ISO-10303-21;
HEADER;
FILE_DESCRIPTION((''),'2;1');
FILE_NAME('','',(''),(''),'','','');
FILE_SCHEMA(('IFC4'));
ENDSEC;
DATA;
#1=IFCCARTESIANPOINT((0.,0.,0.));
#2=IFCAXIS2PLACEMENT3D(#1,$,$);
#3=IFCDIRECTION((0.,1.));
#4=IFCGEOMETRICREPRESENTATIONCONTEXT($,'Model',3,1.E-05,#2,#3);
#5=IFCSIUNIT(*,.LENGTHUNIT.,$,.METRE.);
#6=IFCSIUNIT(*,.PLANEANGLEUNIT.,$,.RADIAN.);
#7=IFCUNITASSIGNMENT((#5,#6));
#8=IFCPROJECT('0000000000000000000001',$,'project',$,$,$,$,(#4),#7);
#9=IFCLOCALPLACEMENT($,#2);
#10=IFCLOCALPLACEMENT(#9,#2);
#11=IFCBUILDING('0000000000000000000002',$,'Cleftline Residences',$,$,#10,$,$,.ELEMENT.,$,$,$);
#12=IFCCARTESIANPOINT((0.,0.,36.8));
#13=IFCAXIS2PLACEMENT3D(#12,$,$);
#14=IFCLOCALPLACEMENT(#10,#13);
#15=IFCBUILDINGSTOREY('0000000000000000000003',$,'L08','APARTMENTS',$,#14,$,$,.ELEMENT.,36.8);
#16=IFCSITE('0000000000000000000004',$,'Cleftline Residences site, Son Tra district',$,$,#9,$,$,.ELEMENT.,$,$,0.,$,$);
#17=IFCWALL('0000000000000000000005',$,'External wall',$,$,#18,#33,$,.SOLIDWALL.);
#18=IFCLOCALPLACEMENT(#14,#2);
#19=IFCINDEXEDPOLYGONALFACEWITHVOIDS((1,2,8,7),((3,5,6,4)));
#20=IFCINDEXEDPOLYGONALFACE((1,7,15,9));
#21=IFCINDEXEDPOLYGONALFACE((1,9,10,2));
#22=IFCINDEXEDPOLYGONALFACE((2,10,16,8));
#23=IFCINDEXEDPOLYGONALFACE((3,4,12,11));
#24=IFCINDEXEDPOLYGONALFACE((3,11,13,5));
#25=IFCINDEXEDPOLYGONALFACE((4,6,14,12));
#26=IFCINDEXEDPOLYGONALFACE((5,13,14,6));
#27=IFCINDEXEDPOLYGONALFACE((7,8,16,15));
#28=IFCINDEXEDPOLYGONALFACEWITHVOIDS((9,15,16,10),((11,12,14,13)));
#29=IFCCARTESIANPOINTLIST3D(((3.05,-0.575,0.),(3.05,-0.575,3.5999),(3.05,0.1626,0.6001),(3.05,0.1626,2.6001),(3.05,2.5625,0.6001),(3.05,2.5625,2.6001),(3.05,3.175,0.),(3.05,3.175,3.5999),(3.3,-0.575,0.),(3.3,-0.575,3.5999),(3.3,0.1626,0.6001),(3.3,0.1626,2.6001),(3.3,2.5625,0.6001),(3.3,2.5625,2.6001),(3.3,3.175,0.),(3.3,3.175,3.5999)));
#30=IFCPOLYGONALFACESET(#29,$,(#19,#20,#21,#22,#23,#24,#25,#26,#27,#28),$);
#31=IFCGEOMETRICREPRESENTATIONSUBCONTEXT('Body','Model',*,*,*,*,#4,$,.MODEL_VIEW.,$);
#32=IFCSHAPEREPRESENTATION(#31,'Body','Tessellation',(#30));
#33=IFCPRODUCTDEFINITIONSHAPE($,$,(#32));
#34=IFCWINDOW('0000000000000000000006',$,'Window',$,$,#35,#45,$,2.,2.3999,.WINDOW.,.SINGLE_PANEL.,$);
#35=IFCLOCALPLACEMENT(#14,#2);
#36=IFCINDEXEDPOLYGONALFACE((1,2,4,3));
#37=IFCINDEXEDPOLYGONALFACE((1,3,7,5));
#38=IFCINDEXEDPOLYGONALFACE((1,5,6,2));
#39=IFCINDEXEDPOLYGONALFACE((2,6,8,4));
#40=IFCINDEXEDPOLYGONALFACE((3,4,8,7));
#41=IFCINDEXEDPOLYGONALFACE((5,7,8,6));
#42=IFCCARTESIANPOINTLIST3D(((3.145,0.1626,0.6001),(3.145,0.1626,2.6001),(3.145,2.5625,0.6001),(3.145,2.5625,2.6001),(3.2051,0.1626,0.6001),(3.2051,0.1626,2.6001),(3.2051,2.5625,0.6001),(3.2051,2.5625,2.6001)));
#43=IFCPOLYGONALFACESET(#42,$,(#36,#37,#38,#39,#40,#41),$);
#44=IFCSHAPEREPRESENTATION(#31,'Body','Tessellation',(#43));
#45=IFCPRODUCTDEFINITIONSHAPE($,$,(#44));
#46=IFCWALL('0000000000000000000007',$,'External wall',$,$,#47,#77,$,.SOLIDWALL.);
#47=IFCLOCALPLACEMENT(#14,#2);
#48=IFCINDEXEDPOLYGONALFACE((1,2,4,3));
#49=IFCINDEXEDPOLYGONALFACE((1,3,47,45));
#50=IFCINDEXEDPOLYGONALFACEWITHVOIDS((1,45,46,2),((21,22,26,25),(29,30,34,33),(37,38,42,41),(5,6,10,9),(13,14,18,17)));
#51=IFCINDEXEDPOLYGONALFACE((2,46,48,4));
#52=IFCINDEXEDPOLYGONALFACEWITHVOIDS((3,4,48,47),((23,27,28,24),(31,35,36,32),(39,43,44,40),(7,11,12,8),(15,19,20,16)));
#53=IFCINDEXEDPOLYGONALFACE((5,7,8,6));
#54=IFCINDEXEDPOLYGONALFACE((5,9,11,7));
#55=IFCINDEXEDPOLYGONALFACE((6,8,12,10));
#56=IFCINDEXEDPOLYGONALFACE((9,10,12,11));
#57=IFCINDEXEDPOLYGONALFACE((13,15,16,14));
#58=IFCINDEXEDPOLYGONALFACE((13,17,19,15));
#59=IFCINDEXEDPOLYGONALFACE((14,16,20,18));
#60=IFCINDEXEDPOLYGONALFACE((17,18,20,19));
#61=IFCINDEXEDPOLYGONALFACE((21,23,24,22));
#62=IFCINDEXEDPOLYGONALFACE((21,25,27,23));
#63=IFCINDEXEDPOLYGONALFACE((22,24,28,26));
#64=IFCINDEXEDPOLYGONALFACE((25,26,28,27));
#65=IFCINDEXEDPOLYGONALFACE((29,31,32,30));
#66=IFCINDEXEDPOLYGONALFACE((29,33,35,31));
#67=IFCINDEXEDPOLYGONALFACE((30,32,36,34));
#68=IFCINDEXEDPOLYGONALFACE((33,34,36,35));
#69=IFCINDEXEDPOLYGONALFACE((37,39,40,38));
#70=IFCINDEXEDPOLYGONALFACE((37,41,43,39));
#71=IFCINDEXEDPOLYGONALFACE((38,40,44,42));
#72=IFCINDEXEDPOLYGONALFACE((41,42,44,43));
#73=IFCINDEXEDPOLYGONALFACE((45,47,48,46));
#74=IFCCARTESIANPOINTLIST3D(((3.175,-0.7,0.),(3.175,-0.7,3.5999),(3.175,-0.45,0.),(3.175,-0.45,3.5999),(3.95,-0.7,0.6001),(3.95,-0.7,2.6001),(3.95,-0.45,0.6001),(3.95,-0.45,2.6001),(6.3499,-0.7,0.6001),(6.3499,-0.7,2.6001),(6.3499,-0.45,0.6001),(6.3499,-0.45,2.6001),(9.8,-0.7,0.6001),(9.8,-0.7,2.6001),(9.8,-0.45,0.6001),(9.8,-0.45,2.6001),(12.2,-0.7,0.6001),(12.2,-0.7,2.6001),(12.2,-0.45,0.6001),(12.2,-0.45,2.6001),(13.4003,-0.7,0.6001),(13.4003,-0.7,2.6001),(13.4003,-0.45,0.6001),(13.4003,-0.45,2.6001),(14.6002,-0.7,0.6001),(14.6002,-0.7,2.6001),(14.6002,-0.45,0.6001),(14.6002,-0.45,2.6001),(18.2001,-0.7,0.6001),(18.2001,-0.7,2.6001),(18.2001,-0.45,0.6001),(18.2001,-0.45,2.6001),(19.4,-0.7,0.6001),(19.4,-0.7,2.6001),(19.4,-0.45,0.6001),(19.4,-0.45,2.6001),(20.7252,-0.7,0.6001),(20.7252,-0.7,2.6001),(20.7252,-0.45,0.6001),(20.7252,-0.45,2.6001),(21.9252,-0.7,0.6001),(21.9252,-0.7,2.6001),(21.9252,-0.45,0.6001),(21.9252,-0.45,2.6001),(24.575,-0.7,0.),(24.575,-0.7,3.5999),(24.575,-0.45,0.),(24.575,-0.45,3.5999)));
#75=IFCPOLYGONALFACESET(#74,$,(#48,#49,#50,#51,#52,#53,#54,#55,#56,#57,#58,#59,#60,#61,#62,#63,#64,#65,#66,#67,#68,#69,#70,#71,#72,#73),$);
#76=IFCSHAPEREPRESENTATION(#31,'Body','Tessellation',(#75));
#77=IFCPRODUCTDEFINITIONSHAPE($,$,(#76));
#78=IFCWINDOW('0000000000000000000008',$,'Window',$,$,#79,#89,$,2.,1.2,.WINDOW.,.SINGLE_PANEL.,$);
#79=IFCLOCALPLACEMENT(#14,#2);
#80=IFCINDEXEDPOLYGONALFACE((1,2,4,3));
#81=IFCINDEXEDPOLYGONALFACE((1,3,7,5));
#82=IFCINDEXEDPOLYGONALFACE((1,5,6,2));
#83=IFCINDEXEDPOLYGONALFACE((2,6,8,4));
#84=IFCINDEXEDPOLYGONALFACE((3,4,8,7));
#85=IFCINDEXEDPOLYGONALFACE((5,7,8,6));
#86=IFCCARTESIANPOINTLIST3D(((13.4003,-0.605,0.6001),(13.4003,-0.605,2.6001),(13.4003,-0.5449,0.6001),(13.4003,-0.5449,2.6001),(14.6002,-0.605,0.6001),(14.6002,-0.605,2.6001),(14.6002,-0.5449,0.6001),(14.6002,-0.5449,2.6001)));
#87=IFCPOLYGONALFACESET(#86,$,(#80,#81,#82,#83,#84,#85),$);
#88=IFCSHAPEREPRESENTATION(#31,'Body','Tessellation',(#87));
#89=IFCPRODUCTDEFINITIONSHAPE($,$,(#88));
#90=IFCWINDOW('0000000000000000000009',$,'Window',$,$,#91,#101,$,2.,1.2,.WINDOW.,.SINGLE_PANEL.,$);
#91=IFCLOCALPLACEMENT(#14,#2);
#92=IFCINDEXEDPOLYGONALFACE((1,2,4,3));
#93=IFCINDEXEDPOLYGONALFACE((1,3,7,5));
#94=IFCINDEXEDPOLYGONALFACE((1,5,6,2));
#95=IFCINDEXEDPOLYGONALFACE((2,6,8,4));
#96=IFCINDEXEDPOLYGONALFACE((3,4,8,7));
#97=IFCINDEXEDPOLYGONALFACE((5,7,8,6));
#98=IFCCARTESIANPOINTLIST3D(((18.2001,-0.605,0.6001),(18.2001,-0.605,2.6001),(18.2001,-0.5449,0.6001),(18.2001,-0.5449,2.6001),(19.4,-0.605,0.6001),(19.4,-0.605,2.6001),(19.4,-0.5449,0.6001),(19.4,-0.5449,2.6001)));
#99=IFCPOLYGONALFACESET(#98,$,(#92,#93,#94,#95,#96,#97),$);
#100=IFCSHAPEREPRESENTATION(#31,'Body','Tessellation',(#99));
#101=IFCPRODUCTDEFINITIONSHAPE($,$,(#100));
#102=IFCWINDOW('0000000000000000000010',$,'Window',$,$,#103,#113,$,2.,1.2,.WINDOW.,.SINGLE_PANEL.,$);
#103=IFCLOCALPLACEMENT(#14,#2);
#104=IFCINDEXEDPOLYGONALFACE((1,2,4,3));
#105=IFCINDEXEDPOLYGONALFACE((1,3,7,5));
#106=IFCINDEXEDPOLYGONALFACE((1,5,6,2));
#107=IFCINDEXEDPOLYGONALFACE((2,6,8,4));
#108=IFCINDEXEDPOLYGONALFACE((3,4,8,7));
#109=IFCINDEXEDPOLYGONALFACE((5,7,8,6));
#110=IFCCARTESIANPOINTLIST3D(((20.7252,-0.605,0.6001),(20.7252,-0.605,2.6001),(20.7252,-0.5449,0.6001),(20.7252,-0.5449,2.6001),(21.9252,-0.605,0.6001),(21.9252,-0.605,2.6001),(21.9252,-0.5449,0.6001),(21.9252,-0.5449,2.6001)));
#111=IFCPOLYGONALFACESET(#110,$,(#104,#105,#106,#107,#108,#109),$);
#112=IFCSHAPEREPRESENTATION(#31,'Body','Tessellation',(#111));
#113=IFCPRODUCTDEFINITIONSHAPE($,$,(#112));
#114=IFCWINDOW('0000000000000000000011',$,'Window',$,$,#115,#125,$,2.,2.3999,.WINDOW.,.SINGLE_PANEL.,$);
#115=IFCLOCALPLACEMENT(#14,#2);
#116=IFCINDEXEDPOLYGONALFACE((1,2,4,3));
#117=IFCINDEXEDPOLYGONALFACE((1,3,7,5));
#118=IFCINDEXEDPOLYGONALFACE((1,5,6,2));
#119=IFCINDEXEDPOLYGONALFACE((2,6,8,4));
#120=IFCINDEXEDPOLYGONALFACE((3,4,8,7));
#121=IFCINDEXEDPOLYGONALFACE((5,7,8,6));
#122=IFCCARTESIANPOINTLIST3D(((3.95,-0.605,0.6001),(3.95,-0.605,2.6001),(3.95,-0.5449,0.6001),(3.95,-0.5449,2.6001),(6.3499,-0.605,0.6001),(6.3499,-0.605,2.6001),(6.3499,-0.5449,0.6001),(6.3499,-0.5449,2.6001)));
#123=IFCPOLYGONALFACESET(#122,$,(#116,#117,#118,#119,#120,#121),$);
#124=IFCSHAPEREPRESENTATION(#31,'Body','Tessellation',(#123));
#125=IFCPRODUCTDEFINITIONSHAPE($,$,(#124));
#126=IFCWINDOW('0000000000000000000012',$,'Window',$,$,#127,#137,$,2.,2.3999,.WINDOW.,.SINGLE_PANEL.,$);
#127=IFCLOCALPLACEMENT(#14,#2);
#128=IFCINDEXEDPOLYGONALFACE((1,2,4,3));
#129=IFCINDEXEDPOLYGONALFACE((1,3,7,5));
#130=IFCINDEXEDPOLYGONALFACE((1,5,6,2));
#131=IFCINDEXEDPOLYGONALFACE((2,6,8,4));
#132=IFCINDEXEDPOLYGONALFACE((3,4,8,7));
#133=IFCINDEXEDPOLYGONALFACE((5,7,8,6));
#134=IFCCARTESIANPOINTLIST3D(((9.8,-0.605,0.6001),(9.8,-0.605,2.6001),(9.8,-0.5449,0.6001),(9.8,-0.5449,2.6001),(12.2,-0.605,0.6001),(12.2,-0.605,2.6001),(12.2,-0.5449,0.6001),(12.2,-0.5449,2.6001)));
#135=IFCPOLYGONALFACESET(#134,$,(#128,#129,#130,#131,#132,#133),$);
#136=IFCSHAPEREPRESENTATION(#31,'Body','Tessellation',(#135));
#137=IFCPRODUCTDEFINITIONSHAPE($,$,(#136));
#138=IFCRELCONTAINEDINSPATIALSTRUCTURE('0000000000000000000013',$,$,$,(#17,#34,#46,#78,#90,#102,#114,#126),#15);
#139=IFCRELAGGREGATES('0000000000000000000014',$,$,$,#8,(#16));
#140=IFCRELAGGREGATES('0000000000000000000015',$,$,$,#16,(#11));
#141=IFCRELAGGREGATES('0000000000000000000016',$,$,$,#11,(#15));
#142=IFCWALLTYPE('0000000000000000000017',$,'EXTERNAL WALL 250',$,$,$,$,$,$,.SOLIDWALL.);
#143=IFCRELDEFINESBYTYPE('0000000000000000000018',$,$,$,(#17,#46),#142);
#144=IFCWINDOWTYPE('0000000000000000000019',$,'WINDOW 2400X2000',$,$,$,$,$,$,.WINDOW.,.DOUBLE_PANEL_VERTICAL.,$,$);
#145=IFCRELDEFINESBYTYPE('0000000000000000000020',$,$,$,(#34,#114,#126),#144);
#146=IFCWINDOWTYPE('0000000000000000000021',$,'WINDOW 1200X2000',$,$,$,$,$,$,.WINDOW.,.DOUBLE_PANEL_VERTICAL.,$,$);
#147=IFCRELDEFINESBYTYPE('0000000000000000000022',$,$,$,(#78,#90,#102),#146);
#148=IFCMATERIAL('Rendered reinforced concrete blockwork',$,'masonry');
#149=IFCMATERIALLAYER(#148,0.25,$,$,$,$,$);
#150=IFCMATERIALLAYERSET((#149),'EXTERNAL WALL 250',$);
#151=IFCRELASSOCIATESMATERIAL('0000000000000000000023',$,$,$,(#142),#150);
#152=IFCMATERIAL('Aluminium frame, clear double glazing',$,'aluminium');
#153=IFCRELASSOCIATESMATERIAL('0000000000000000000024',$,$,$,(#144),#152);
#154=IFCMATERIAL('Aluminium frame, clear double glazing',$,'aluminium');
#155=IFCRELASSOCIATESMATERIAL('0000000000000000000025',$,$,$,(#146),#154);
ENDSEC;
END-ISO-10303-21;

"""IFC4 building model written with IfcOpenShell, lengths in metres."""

from ifc_helpers import new_model, si_unit, direction, frame, frame_2d, origin, place, context, subcontext, project, spatial, rectangle, extrude, material, layer, layer_set, type_object, element, fill, save


model = new_model("IFC4")

# Units and contexts
model_context = context("Model", 3, precision=1e-05, world=origin(), true_north=direction((0.0, 1.0)))
body_context = subcontext(model_context, "Body", "Model", "MODEL_VIEW")
ifc_project = project(units=[si_unit("LENGTHUNIT", "METRE"), si_unit("PLANEANGLEUNIT", "RADIAN")], contexts=[model_context])

# Site, building, storey
site_placement = place(None, origin())
site = spatial("IfcSite", under=ifc_project, at=site_placement, Name="Cleftline Residences site, Son Tra district", CompositionType="ELEMENT", RefElevation=0.0)
building_placement = place(site_placement, origin())
building = spatial("IfcBuilding", under=site, at=building_placement, Name="Cleftline Residences", CompositionType="ELEMENT")
storey_placement = place(building_placement, frame((0.0, 0.0, 36.8)))
storey = spatial("IfcBuildingStorey", under=building, at=storey_placement, Name="L08", Description="APARTMENTS", CompositionType="ELEMENT", Elevation=36.8)

# Wall, opening, window
ifc_material_1 = material(Name="Rendered reinforced concrete blockwork", Category="masonry")
ifc_layer_1 = layer(ifc_material_1, 0.25)
ifc_layer_set_1 = layer_set([ifc_layer_1], Name="EXTERNAL WALL 250")
wall_type_1 = type_object("IfcWallType", Name="EXTERNAL WALL 250", PredefinedType="SOLIDWALL", material=ifc_layer_set_1)
wall_1_placement = place(storey_placement, frame((3.175, 3.175, 0.0), z_axis=(0.0, 0.0, 1.0), x_axis=(0.0, -1.0, 0.0)))
wall_1 = element("IfcWall", 1, at=wall_1_placement, inside=storey, type_object=wall_type_1, Name="External wall", PredefinedType="SOLIDWALL", context=body_context, shape_type="SweptSolid", body=[
    extrude(rectangle(XDim=3.75, YDim=0.25, at=frame_2d((1.875, 0.0))), origin(), (0.0, 0.0, 1.0), 3.5999),
])
opening_1_placement = place(wall_1_placement, frame((0.6125, 0.0, 0.6001)))
opening_1 = element("IfcOpeningElement", 2, at=opening_1_placement, cuts=wall_1, PredefinedType="OPENING", context=body_context, shape_type="SweptSolid", body=[
    extrude(rectangle(XDim=2.3999, YDim=2.0, at=frame_2d((1.2, 1.0))), frame((0.0, 0.135, 0.0), z_axis=(0.0, -1.0, 0.0), x_axis=(1.0, 0.0, 0.0)), (0.0, 0.0, 1.0), 0.27),
])
ifc_material_2 = material(Name="Aluminium frame, clear double glazing", Category="aluminium")
window_type_1 = type_object("IfcWindowType", Name="WINDOW 2400X2000", PartitioningType="DOUBLE_PANEL_VERTICAL", PredefinedType="WINDOW", material=ifc_material_2)
window_1_placement = place(opening_1_placement, origin())
window_1 = element("IfcWindow", 3, at=window_1_placement, inside=storey, type_object=window_type_1, Name="Window", OverallHeight=2.0, OverallWidth=2.3999, PartitioningType="SINGLE_PANEL", PredefinedType="WINDOW", context=body_context, shape_type="SweptSolid", body=[
    extrude(rectangle(XDim=2.3999, YDim=2.0, at=frame_2d((1.2, 1.0))), frame((0.0, 0.03, 0.0), z_axis=(0.0, -1.0, 0.0), x_axis=(1.0, 0.0, 0.0)), (0.0, 0.0, 1.0), 0.0601),
])
fill(opening_1, window_1)

# Wall, openings, windows
wall_2_placement = place(storey_placement, frame((3.175, -0.575, 0.0), z_axis=(0.0, 0.0, 1.0), x_axis=(1.0, 0.0, 0.0)))
wall_2 = element("IfcWall", 4, at=wall_2_placement, inside=storey, type_object=wall_type_1, Name="External wall", PredefinedType="SOLIDWALL", context=body_context, shape_type="SweptSolid", body=[
    extrude(rectangle(XDim=21.3999, YDim=0.25, at=frame_2d((10.7, 0.0))), origin(), (0.0, 0.0, 1.0), 3.5999),
])
opening_2_placement = place(wall_2_placement, frame((0.7749, 0.0, 0.6001)))
opening_2 = element("IfcOpeningElement", 5, at=opening_2_placement, cuts=wall_2, PredefinedType="OPENING", context=body_context, shape_type="SweptSolid", body=[
    extrude(rectangle(XDim=2.3999, YDim=2.0, at=frame_2d((1.2, 1.0))), frame((0.0, 0.135, 0.0), z_axis=(0.0, -1.0, 0.0), x_axis=(1.0, 0.0, 0.0)), (0.0, 0.0, 1.0), 0.27),
])
opening_3_placement = place(wall_2_placement, frame((6.625, 0.0, 0.6001)))
opening_3 = element("IfcOpeningElement", 6, at=opening_3_placement, cuts=wall_2, PredefinedType="OPENING", context=body_context, shape_type="SweptSolid", body=[
    extrude(rectangle(XDim=2.3999, YDim=2.0, at=frame_2d((1.2, 1.0))), frame((0.0, 0.135, 0.0), z_axis=(0.0, -1.0, 0.0), x_axis=(1.0, 0.0, 0.0)), (0.0, 0.0, 1.0), 0.27),
])
opening_4_placement = place(wall_2_placement, frame((10.2251, 0.0, 0.6001)))
opening_4 = element("IfcOpeningElement", 7, at=opening_4_placement, cuts=wall_2, PredefinedType="OPENING", context=body_context, shape_type="SweptSolid", body=[
    extrude(rectangle(XDim=1.2, YDim=2.0, at=frame_2d((0.6001, 1.0))), frame((0.0, 0.135, 0.0), z_axis=(0.0, -1.0, 0.0), x_axis=(1.0, 0.0, 0.0)), (0.0, 0.0, 1.0), 0.27),
])
opening_5_placement = place(wall_2_placement, frame((15.0249, 0.0, 0.6001)))
opening_5 = element("IfcOpeningElement", 8, at=opening_5_placement, cuts=wall_2, PredefinedType="OPENING", context=body_context, shape_type="SweptSolid", body=[
    extrude(rectangle(XDim=1.2, YDim=2.0, at=frame_2d((0.6001, 1.0))), frame((0.0, 0.135, 0.0), z_axis=(0.0, -1.0, 0.0), x_axis=(1.0, 0.0, 0.0)), (0.0, 0.0, 1.0), 0.27),
])
opening_6_placement = place(wall_2_placement, frame((17.55, 0.0, 0.6001)))
opening_6 = element("IfcOpeningElement", 9, at=opening_6_placement, cuts=wall_2, PredefinedType="OPENING", context=body_context, shape_type="SweptSolid", body=[
    extrude(rectangle(XDim=1.2, YDim=2.0, at=frame_2d((0.6001, 1.0))), frame((0.0, 0.135, 0.0), z_axis=(0.0, -1.0, 0.0), x_axis=(1.0, 0.0, 0.0)), (0.0, 0.0, 1.0), 0.27),
])
ifc_material_3 = material(Name="Aluminium frame, clear double glazing", Category="aluminium")
window_type_2 = type_object("IfcWindowType", Name="WINDOW 1200X2000", PartitioningType="DOUBLE_PANEL_VERTICAL", PredefinedType="WINDOW", material=ifc_material_3)
window_2_placement = place(opening_4_placement, origin())
window_2 = element("IfcWindow", 10, at=window_2_placement, inside=storey, type_object=window_type_2, Name="Window", OverallHeight=2.0, OverallWidth=1.2, PartitioningType="SINGLE_PANEL", PredefinedType="WINDOW", context=body_context, shape_type="SweptSolid", body=[
    extrude(rectangle(XDim=1.2, YDim=2.0, at=frame_2d((0.6001, 1.0))), frame((0.0, 0.03, 0.0), z_axis=(0.0, -1.0, 0.0), x_axis=(1.0, 0.0, 0.0)), (0.0, 0.0, 1.0), 0.0601),
])
fill(opening_4, window_2)
window_3_placement = place(opening_5_placement, origin())
window_3 = element("IfcWindow", 11, at=window_3_placement, inside=storey, type_object=window_type_2, Name="Window", OverallHeight=2.0, OverallWidth=1.2, PartitioningType="SINGLE_PANEL", PredefinedType="WINDOW", context=body_context, shape_type="SweptSolid", body=[
    extrude(rectangle(XDim=1.2, YDim=2.0, at=frame_2d((0.6001, 1.0))), frame((0.0, 0.03, 0.0), z_axis=(0.0, -1.0, 0.0), x_axis=(1.0, 0.0, 0.0)), (0.0, 0.0, 1.0), 0.0601),
])
fill(opening_5, window_3)
window_4_placement = place(opening_6_placement, origin())
window_4 = element("IfcWindow", 12, at=window_4_placement, inside=storey, type_object=window_type_2, Name="Window", OverallHeight=2.0, OverallWidth=1.2, PartitioningType="SINGLE_PANEL", PredefinedType="WINDOW", context=body_context, shape_type="SweptSolid", body=[
    extrude(rectangle(XDim=1.2, YDim=2.0, at=frame_2d((0.6001, 1.0))), frame((0.0, 0.03, 0.0), z_axis=(0.0, -1.0, 0.0), x_axis=(1.0, 0.0, 0.0)), (0.0, 0.0, 1.0), 0.0601),
])
fill(opening_6, window_4)
window_5_placement = place(opening_2_placement, origin())
window_5 = element("IfcWindow", 13, at=window_5_placement, inside=storey, type_object=window_type_1, Name="Window", OverallHeight=2.0, OverallWidth=2.3999, PartitioningType="SINGLE_PANEL", PredefinedType="WINDOW", context=body_context, shape_type="SweptSolid", body=[
    extrude(rectangle(XDim=2.3999, YDim=2.0, at=frame_2d((1.2, 1.0))), frame((0.0, 0.03, 0.0), z_axis=(0.0, -1.0, 0.0), x_axis=(1.0, 0.0, 0.0)), (0.0, 0.0, 1.0), 0.0601),
])
fill(opening_2, window_5)
window_6_placement = place(opening_3_placement, origin())
window_6 = element("IfcWindow", 14, at=window_6_placement, inside=storey, type_object=window_type_1, Name="Window", OverallHeight=2.0, OverallWidth=2.3999, PartitioningType="SINGLE_PANEL", PredefinedType="WINDOW", context=body_context, shape_type="SweptSolid", body=[
    extrude(rectangle(XDim=2.3999, YDim=2.0, at=frame_2d((1.2, 1.0))), frame((0.0, 0.03, 0.0), z_axis=(0.0, -1.0, 0.0), x_axis=(1.0, 0.0, 0.0)), (0.0, 0.0, 1.0), 0.0601),
])
fill(opening_3, window_6)

save(model, "model.ifc")
